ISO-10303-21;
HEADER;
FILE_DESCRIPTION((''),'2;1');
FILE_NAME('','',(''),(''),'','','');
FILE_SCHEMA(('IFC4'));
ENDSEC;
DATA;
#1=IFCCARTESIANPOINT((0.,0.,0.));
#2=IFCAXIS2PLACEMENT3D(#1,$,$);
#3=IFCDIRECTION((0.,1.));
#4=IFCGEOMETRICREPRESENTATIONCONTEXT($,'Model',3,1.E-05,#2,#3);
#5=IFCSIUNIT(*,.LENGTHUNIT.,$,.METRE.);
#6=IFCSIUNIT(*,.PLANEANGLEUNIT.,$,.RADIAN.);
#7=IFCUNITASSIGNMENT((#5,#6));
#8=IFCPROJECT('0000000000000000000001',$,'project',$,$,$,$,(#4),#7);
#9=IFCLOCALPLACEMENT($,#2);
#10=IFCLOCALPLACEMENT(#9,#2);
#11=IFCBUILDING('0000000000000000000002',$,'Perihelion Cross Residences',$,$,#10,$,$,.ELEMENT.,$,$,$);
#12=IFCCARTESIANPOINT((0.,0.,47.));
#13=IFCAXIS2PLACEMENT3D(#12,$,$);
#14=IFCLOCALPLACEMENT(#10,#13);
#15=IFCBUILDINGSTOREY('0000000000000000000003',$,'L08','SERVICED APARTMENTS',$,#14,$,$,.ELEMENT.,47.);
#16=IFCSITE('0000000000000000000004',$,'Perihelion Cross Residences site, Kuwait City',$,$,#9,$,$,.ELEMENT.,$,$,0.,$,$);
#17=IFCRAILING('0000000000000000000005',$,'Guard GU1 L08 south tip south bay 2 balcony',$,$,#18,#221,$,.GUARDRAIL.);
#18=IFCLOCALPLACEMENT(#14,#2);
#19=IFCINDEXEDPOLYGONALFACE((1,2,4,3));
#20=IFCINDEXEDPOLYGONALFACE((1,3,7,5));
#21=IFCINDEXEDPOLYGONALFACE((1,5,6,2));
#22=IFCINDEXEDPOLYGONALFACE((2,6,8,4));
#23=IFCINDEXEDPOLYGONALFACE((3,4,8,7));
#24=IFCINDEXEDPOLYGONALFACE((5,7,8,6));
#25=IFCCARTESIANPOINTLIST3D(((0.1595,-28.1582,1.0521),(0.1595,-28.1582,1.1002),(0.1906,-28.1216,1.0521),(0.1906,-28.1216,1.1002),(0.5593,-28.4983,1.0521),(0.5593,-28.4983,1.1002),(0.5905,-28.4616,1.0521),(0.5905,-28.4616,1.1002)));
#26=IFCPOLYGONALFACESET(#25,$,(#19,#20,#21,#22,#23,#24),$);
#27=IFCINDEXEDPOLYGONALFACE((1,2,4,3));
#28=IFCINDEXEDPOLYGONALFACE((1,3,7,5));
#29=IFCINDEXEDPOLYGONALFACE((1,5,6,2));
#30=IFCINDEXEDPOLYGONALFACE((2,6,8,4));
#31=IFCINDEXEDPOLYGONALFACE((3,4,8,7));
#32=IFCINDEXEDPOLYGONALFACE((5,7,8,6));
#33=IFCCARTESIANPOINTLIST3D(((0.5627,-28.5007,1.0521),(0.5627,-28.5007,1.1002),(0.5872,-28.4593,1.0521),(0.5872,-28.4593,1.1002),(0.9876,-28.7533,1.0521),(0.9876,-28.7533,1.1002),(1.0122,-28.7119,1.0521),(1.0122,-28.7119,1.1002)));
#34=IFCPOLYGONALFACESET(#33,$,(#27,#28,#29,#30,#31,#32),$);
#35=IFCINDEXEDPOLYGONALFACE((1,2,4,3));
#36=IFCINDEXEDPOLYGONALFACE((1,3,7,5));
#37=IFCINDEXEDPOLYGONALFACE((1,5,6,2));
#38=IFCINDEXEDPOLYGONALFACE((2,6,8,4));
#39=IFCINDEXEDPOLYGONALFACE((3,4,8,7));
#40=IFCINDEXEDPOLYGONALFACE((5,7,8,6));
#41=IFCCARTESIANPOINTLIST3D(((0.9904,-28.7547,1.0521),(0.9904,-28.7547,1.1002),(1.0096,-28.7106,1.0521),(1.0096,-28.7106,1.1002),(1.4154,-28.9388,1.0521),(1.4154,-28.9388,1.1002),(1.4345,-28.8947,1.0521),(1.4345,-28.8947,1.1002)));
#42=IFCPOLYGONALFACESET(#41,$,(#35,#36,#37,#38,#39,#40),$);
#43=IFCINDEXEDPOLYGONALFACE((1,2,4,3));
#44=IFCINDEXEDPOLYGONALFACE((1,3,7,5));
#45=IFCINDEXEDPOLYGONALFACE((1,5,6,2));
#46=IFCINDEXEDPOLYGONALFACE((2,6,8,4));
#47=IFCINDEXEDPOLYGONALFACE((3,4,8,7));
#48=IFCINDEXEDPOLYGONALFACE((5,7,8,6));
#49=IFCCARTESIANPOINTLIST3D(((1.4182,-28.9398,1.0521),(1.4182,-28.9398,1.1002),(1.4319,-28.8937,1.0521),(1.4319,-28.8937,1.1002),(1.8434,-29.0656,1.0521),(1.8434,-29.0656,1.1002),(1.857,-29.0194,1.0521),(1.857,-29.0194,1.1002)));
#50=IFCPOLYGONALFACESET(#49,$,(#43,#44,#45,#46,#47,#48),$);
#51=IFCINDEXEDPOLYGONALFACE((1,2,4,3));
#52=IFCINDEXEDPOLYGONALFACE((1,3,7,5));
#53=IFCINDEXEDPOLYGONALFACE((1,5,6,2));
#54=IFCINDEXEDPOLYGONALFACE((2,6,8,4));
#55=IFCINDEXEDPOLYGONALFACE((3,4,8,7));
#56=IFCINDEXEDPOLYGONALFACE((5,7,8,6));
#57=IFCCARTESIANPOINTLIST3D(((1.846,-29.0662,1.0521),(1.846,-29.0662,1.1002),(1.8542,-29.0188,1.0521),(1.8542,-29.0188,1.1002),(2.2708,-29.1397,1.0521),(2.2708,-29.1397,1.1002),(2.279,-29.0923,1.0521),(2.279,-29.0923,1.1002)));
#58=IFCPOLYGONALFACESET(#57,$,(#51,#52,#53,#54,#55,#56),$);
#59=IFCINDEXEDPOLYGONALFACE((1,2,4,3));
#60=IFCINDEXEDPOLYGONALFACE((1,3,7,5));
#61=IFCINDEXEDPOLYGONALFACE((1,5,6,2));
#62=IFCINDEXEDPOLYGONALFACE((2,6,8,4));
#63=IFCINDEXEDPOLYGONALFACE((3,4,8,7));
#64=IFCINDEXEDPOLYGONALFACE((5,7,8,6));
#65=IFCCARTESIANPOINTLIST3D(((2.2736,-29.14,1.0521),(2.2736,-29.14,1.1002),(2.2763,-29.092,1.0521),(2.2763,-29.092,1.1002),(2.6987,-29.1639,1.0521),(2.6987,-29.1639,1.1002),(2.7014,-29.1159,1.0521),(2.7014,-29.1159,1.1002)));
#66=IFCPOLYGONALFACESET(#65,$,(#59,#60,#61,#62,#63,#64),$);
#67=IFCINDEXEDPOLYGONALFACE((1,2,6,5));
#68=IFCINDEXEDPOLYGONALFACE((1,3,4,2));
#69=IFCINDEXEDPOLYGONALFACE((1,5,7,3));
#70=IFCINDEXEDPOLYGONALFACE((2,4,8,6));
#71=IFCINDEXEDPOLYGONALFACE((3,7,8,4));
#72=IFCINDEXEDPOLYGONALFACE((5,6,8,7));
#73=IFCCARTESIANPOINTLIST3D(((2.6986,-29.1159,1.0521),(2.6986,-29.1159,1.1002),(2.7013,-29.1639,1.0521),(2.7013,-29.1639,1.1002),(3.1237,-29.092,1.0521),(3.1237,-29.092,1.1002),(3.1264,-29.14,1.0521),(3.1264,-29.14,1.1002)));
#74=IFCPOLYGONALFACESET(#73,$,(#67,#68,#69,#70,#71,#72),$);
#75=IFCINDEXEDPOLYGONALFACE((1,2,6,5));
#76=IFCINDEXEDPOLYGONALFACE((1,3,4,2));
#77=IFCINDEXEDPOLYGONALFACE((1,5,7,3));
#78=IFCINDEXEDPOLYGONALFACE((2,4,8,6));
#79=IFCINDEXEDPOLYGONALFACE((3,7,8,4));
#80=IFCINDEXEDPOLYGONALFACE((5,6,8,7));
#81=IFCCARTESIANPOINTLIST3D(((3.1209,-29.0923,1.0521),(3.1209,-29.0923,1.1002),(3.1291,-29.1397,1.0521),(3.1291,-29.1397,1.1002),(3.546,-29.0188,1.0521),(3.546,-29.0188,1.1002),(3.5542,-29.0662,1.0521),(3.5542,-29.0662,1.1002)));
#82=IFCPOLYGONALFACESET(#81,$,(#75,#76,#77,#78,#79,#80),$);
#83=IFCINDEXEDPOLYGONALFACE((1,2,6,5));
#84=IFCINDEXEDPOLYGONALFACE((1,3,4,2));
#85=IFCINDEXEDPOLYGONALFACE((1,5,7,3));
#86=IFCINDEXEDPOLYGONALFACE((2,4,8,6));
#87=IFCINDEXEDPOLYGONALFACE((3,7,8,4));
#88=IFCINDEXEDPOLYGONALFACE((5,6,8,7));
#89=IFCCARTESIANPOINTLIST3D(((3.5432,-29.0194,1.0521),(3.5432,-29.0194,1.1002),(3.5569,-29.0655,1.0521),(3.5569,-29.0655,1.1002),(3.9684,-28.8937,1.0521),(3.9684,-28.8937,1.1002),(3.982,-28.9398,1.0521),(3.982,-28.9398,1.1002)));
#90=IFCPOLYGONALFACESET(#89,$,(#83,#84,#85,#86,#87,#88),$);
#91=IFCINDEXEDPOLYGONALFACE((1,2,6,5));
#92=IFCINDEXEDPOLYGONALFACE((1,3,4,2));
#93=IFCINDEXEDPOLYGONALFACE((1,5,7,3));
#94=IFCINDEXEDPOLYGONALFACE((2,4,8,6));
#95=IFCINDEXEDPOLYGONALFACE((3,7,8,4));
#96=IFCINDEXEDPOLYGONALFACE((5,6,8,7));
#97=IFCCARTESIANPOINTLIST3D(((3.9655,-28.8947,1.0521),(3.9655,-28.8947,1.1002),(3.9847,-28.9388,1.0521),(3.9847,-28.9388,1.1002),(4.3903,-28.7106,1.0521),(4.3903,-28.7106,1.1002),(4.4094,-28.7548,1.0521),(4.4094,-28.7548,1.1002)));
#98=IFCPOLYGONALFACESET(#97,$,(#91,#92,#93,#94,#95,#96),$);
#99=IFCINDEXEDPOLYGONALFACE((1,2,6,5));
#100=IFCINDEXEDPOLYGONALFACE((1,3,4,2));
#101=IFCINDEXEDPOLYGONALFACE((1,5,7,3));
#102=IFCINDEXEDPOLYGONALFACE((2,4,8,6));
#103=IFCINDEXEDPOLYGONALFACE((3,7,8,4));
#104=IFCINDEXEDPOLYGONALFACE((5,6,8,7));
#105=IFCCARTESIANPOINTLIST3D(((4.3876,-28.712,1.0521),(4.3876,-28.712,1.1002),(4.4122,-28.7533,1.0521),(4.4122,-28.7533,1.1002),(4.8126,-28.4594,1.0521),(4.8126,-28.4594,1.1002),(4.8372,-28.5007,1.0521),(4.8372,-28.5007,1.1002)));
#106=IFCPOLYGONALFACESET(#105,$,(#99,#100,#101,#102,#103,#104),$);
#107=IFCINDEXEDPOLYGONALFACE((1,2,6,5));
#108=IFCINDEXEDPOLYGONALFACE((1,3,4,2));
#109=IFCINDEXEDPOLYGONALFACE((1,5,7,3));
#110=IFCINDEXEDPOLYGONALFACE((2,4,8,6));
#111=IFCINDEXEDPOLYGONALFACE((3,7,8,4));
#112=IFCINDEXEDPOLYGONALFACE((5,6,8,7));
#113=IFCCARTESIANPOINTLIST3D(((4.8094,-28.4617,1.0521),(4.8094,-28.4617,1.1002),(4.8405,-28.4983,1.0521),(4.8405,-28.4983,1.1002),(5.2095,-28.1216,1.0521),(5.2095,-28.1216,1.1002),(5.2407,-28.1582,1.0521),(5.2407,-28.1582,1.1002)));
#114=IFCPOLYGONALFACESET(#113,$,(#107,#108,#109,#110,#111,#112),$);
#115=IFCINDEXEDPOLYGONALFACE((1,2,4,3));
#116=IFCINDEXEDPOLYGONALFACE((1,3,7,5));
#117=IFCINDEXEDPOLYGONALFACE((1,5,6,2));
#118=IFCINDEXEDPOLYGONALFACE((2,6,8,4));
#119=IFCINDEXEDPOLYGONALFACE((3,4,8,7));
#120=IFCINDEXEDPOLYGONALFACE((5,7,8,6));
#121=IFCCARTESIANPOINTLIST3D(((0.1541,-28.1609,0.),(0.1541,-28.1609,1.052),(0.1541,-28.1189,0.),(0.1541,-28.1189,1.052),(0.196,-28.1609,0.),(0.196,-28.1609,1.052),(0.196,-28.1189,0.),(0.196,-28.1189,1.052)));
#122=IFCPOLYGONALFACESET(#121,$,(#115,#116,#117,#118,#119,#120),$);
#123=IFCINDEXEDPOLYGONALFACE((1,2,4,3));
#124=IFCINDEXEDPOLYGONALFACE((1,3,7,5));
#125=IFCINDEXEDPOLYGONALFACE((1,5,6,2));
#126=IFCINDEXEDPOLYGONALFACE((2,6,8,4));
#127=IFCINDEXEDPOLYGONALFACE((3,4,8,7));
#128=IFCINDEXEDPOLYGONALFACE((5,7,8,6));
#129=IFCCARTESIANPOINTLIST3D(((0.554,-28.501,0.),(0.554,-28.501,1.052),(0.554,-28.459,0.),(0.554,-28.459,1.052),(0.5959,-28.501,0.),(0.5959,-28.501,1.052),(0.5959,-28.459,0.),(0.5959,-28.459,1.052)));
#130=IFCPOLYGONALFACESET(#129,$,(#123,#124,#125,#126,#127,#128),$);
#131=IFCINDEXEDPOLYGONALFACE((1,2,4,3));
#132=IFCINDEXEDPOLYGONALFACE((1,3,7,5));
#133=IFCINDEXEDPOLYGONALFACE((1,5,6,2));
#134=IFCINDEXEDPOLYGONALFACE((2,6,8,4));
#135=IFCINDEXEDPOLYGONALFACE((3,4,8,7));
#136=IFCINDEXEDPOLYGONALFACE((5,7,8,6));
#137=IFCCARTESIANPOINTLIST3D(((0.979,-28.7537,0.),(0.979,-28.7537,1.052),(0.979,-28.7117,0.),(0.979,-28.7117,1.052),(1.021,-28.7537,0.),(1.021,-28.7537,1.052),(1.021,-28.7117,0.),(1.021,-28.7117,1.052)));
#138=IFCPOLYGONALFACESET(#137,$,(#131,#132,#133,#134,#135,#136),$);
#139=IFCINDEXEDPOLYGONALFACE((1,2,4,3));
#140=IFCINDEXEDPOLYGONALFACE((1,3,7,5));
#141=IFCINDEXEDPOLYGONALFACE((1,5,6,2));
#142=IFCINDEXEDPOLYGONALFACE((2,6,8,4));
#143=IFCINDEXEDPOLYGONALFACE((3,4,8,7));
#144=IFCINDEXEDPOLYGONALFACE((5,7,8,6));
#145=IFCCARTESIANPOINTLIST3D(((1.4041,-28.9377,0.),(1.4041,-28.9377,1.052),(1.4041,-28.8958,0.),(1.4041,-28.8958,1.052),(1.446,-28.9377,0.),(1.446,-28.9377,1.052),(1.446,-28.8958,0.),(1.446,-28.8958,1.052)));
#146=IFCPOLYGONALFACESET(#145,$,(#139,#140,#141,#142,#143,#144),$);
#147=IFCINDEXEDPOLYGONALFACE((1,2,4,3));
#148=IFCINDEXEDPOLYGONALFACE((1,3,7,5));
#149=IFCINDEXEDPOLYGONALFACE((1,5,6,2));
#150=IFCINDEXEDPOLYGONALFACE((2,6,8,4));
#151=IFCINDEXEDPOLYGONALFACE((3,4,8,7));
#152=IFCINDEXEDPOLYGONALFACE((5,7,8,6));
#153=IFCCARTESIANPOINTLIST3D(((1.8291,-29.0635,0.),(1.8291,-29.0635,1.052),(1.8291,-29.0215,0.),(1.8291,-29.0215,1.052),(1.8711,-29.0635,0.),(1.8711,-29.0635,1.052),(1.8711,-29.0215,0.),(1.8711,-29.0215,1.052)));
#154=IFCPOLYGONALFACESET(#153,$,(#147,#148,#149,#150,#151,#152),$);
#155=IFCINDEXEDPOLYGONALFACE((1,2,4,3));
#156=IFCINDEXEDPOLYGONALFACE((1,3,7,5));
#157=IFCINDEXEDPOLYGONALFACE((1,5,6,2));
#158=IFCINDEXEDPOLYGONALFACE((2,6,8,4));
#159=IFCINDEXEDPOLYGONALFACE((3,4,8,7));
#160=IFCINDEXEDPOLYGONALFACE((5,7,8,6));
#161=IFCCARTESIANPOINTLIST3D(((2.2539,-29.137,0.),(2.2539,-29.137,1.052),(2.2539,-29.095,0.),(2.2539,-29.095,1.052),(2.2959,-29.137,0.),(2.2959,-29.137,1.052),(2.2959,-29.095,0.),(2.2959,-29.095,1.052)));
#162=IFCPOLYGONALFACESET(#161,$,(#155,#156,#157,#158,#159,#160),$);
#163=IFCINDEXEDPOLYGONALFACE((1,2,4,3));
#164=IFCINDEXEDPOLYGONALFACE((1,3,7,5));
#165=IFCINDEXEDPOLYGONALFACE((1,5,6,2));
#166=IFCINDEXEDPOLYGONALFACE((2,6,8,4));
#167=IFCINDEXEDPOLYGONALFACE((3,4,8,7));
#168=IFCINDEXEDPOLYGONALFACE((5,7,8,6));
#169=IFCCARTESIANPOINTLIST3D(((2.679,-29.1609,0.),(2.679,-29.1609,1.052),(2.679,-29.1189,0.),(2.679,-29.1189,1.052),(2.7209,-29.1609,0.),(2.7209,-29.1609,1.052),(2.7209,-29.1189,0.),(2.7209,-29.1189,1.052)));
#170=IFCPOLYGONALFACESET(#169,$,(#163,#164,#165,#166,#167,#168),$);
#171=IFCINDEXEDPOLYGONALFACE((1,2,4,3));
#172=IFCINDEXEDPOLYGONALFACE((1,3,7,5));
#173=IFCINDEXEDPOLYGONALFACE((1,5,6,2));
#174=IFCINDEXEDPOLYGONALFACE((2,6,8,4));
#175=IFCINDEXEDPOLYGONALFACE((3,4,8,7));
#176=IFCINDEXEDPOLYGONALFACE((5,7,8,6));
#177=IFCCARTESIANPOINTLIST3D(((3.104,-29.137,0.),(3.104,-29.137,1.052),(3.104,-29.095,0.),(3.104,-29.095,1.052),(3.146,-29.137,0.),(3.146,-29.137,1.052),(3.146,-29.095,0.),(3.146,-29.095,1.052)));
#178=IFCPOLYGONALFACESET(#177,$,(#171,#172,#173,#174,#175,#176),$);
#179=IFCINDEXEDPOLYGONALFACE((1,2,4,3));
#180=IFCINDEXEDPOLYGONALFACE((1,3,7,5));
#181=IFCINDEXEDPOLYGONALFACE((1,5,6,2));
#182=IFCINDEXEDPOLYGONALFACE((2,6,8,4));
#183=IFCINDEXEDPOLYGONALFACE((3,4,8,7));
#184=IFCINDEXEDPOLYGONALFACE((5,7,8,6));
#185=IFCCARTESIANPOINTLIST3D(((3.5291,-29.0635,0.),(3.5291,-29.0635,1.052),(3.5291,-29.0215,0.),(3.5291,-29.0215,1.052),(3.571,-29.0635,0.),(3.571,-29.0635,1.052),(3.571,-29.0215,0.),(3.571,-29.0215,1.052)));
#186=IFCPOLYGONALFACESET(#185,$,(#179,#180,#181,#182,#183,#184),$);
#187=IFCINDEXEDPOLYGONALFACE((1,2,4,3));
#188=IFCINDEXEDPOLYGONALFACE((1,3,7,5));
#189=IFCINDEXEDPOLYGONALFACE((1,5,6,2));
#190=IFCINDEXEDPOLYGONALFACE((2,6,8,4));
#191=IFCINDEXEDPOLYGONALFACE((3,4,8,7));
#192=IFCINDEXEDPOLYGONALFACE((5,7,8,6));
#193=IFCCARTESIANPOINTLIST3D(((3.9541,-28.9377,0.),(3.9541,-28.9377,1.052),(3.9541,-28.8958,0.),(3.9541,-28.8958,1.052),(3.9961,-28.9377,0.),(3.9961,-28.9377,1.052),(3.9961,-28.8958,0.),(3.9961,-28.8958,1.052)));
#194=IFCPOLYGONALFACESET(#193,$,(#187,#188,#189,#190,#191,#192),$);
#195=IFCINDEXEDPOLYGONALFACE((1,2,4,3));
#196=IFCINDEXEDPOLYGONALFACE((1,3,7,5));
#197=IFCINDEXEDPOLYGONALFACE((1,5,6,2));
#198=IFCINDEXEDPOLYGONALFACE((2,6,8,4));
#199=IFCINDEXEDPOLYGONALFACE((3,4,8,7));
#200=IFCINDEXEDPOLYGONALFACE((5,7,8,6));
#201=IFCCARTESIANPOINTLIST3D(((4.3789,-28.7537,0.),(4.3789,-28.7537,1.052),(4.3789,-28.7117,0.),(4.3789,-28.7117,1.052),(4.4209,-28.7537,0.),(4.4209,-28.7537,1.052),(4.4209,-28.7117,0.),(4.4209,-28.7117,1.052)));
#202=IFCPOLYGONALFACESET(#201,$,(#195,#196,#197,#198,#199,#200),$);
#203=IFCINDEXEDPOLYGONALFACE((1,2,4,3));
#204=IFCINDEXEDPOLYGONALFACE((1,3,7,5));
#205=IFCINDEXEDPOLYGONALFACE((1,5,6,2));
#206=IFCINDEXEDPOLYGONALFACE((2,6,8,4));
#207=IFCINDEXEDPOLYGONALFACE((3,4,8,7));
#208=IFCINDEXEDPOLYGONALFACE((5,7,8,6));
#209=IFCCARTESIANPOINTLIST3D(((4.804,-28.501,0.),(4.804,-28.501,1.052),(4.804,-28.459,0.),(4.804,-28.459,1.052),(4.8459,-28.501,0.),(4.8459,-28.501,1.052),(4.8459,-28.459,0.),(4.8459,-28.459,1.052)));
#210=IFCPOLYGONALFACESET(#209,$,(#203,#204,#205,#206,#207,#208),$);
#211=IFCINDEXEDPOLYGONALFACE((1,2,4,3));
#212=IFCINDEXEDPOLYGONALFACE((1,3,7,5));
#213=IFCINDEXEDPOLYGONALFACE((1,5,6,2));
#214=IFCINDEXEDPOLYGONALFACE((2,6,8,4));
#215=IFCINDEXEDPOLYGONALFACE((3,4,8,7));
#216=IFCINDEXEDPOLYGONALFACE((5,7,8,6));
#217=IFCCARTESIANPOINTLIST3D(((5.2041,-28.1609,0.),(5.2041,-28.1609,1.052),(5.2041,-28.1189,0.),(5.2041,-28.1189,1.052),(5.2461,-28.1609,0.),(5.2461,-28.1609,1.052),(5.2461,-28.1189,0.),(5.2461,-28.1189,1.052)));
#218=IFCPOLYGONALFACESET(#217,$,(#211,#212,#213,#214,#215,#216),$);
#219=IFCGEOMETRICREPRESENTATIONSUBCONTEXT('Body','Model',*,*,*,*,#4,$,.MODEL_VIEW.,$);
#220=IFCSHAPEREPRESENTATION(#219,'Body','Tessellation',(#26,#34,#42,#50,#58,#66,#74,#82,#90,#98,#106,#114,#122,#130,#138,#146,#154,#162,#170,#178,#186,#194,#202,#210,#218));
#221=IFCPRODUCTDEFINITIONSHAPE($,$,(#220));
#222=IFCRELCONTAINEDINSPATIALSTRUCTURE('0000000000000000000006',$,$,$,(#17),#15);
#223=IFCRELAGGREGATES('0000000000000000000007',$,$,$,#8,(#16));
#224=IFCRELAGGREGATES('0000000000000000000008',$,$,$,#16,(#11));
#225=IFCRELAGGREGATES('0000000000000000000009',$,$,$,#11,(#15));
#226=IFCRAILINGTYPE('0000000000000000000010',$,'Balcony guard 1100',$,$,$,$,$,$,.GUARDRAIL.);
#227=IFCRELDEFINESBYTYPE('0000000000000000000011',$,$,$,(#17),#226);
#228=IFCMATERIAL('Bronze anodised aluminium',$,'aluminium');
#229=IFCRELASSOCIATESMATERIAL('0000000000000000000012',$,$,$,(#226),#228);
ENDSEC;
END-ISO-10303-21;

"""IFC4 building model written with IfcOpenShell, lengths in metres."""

from ifc_helpers import new_model, si_unit, direction, frame, origin, origin_2d, place, context, subcontext, project, spatial, rectangle, extrude, material, type_object, element, save


model = new_model("IFC4")

# Units and contexts
model_context = context("Model", 3, precision=1e-05, world=origin(), true_north=direction((0.0, 1.0)))
body_context = subcontext(model_context, "Body", "Model", "MODEL_VIEW")
ifc_project = project(units=[si_unit("LENGTHUNIT", "METRE"), si_unit("PLANEANGLEUNIT", "RADIAN")], contexts=[model_context])

# Site, building, storey
site_placement = place(None, origin())
site = spatial("IfcSite", under=ifc_project, at=site_placement, Name="Perihelion Cross Residences site, Kuwait City", CompositionType="ELEMENT", RefElevation=0.0)
building_placement = place(site_placement, origin())
building = spatial("IfcBuilding", under=site, at=building_placement, Name="Perihelion Cross Residences", CompositionType="ELEMENT")
storey_placement = place(building_placement, frame((0.0, 0.0, 47.0)))
storey = spatial("IfcBuildingStorey", under=building, at=storey_placement, Name="L08", Description="SERVICED APARTMENTS", CompositionType="ELEMENT", Elevation=47.0)

# Railing
ifc_material_1 = material(Name="Bronze anodised aluminium", Category="aluminium")
railing_type = type_object("IfcRailingType", Name="Balcony guard 1100", PredefinedType="GUARDRAIL", material=ifc_material_1)
railing_placement = place(storey_placement, frame((0.175, -28.1399, 0.0)))
element("IfcRailing", 1, at=railing_placement, inside=storey, type_object=railing_type, Name="Guard GU1 L08 south tip south bay 2 balcony", PredefinedType="GUARDRAIL", context=body_context, shape_type="SweptSolid", body=[
    extrude(rectangle(XDim=0.0481, YDim=0.0481, at=origin_2d()), frame((0.0, 0.0, 1.0762), z_axis=(0.761779, -0.647837, 0.0), x_axis=(0.647837, 0.761779, 0.0)), (0.0, 0.0, 1.0), 0.5249),
    extrude(rectangle(XDim=0.0481, YDim=0.0481, at=origin_2d()), frame((0.3999, -0.3401, 1.0762), z_axis=(0.859577, -0.511006, 0.0), x_axis=(0.511006, 0.859577, 0.0)), (0.0, 0.0, 1.0), 0.4944),
    extrude(rectangle(XDim=0.0481, YDim=0.0481, at=origin_2d()), frame((0.825, -0.5928, 1.0762), z_axis=(0.917639, -0.397415, 0.0), x_axis=(0.397415, 0.917639, 0.0)), (0.0, 0.0, 1.0), 0.4631),
    extrude(rectangle(XDim=0.0481, YDim=0.0481, at=origin_2d()), frame((1.25, -0.7769, 1.0762), z_axis=(0.958926, -0.283657, 0.0), x_axis=(0.283657, 0.958926, 0.0)), (0.0, 0.0, 1.0), 0.4434),
    extrude(rectangle(XDim=0.0481, YDim=0.0481, at=origin_2d()), frame((1.675, -0.9026, 1.0762), z_axis=(0.985365, -0.170457, 0.0), x_axis=(0.170457, 0.985365, 0.0)), (0.0, 0.0, 1.0), 0.4312),
    extrude(rectangle(XDim=0.0481, YDim=0.0481, at=origin_2d()), frame((2.0999, -0.9761, 1.0762), z_axis=(0.99842, -0.056201, 0.0), x_axis=(0.056201, 0.99842, 0.0)), (0.0, 0.0, 1.0), 0.4258),
    extrude(rectangle(XDim=0.0481, YDim=0.0481, at=origin_2d()), frame((2.5249, -1.0, 1.0762), z_axis=(0.99842, 0.056201, 0.0), x_axis=(-0.056201, 0.99842, 0.0)), (0.0, 0.0, 1.0), 0.4258),
    extrude(rectangle(XDim=0.0481, YDim=0.0481, at=origin_2d()), frame((2.95, -0.9761, 1.0762), z_axis=(0.985382, 0.170362, 0.0), x_axis=(-0.170362, 0.985382, 0.0)), (0.0, 0.0, 1.0), 0.4314),
    extrude(rectangle(XDim=0.0481, YDim=0.0481, at=origin_2d()), frame((3.375, -0.9026, 1.0762), z_axis=(0.958926, 0.283657, 0.0), x_axis=(-0.283657, 0.958926, 0.0)), (0.0, 0.0, 1.0), 0.4434),
    extrude(rectangle(XDim=0.0481, YDim=0.0481, at=origin_2d()), frame((3.8, -0.7769, 1.0762), z_axis=(0.917556, 0.397607, 0.0), x_axis=(-0.397607, 0.917556, 0.0)), (0.0, 0.0, 1.0), 0.4629),
    extrude(rectangle(XDim=0.0481, YDim=0.0481, at=origin_2d()), frame((4.2249, -0.5928, 1.0762), z_axis=(0.859577, 0.511006, 0.0), x_axis=(-0.511006, 0.859577, 0.0)), (0.0, 0.0, 1.0), 0.4944),
    extrude(rectangle(XDim=0.0481, YDim=0.0481, at=origin_2d()), frame((4.6499, -0.3401, 1.0762), z_axis=(0.761974, 0.647608, 0.0), x_axis=(-0.647608, 0.761974, 0.0)), (0.0, 0.0, 1.0), 0.5251),
    extrude(rectangle(XDim=0.042, YDim=0.042, at=origin_2d()), origin(), (0.0, 0.0, 1.0), 1.052),
    extrude(rectangle(XDim=0.042, YDim=0.042, at=origin_2d()), frame((0.3999, -0.3401, 0.0)), (0.0, 0.0, 1.0), 1.052),
    extrude(rectangle(XDim=0.042, YDim=0.042, at=origin_2d()), frame((0.825, -0.5928, 0.0)), (0.0, 0.0, 1.0), 1.052),
    extrude(rectangle(XDim=0.042, YDim=0.042, at=origin_2d()), frame((1.25, -0.7769, 0.0)), (0.0, 0.0, 1.0), 1.052),
    extrude(rectangle(XDim=0.042, YDim=0.042, at=origin_2d()), frame((1.675, -0.9026, 0.0)), (0.0, 0.0, 1.0), 1.052),
    extrude(rectangle(XDim=0.042, YDim=0.042, at=origin_2d()), frame((2.0999, -0.9761, 0.0)), (0.0, 0.0, 1.0), 1.052),
    extrude(rectangle(XDim=0.042, YDim=0.042, at=origin_2d()), frame((2.5249, -1.0, 0.0)), (0.0, 0.0, 1.0), 1.052),
    extrude(rectangle(XDim=0.042, YDim=0.042, at=origin_2d()), frame((2.95, -0.9761, 0.0)), (0.0, 0.0, 1.0), 1.052),
    extrude(rectangle(XDim=0.042, YDim=0.042, at=origin_2d()), frame((3.375, -0.9026, 0.0)), (0.0, 0.0, 1.0), 1.052),
    extrude(rectangle(XDim=0.042, YDim=0.042, at=origin_2d()), frame((3.8, -0.7769, 0.0)), (0.0, 0.0, 1.0), 1.052),
    extrude(rectangle(XDim=0.042, YDim=0.042, at=origin_2d()), frame((4.2249, -0.5928, 0.0)), (0.0, 0.0, 1.0), 1.052),
    extrude(rectangle(XDim=0.042, YDim=0.042, at=origin_2d()), frame((4.6499, -0.3401, 0.0)), (0.0, 0.0, 1.0), 1.052),
    extrude(rectangle(XDim=0.042, YDim=0.042, at=origin_2d()), frame((5.05, 0.0, 0.0)), (0.0, 0.0, 1.0), 1.052),
])

save(model, "model.ifc")
